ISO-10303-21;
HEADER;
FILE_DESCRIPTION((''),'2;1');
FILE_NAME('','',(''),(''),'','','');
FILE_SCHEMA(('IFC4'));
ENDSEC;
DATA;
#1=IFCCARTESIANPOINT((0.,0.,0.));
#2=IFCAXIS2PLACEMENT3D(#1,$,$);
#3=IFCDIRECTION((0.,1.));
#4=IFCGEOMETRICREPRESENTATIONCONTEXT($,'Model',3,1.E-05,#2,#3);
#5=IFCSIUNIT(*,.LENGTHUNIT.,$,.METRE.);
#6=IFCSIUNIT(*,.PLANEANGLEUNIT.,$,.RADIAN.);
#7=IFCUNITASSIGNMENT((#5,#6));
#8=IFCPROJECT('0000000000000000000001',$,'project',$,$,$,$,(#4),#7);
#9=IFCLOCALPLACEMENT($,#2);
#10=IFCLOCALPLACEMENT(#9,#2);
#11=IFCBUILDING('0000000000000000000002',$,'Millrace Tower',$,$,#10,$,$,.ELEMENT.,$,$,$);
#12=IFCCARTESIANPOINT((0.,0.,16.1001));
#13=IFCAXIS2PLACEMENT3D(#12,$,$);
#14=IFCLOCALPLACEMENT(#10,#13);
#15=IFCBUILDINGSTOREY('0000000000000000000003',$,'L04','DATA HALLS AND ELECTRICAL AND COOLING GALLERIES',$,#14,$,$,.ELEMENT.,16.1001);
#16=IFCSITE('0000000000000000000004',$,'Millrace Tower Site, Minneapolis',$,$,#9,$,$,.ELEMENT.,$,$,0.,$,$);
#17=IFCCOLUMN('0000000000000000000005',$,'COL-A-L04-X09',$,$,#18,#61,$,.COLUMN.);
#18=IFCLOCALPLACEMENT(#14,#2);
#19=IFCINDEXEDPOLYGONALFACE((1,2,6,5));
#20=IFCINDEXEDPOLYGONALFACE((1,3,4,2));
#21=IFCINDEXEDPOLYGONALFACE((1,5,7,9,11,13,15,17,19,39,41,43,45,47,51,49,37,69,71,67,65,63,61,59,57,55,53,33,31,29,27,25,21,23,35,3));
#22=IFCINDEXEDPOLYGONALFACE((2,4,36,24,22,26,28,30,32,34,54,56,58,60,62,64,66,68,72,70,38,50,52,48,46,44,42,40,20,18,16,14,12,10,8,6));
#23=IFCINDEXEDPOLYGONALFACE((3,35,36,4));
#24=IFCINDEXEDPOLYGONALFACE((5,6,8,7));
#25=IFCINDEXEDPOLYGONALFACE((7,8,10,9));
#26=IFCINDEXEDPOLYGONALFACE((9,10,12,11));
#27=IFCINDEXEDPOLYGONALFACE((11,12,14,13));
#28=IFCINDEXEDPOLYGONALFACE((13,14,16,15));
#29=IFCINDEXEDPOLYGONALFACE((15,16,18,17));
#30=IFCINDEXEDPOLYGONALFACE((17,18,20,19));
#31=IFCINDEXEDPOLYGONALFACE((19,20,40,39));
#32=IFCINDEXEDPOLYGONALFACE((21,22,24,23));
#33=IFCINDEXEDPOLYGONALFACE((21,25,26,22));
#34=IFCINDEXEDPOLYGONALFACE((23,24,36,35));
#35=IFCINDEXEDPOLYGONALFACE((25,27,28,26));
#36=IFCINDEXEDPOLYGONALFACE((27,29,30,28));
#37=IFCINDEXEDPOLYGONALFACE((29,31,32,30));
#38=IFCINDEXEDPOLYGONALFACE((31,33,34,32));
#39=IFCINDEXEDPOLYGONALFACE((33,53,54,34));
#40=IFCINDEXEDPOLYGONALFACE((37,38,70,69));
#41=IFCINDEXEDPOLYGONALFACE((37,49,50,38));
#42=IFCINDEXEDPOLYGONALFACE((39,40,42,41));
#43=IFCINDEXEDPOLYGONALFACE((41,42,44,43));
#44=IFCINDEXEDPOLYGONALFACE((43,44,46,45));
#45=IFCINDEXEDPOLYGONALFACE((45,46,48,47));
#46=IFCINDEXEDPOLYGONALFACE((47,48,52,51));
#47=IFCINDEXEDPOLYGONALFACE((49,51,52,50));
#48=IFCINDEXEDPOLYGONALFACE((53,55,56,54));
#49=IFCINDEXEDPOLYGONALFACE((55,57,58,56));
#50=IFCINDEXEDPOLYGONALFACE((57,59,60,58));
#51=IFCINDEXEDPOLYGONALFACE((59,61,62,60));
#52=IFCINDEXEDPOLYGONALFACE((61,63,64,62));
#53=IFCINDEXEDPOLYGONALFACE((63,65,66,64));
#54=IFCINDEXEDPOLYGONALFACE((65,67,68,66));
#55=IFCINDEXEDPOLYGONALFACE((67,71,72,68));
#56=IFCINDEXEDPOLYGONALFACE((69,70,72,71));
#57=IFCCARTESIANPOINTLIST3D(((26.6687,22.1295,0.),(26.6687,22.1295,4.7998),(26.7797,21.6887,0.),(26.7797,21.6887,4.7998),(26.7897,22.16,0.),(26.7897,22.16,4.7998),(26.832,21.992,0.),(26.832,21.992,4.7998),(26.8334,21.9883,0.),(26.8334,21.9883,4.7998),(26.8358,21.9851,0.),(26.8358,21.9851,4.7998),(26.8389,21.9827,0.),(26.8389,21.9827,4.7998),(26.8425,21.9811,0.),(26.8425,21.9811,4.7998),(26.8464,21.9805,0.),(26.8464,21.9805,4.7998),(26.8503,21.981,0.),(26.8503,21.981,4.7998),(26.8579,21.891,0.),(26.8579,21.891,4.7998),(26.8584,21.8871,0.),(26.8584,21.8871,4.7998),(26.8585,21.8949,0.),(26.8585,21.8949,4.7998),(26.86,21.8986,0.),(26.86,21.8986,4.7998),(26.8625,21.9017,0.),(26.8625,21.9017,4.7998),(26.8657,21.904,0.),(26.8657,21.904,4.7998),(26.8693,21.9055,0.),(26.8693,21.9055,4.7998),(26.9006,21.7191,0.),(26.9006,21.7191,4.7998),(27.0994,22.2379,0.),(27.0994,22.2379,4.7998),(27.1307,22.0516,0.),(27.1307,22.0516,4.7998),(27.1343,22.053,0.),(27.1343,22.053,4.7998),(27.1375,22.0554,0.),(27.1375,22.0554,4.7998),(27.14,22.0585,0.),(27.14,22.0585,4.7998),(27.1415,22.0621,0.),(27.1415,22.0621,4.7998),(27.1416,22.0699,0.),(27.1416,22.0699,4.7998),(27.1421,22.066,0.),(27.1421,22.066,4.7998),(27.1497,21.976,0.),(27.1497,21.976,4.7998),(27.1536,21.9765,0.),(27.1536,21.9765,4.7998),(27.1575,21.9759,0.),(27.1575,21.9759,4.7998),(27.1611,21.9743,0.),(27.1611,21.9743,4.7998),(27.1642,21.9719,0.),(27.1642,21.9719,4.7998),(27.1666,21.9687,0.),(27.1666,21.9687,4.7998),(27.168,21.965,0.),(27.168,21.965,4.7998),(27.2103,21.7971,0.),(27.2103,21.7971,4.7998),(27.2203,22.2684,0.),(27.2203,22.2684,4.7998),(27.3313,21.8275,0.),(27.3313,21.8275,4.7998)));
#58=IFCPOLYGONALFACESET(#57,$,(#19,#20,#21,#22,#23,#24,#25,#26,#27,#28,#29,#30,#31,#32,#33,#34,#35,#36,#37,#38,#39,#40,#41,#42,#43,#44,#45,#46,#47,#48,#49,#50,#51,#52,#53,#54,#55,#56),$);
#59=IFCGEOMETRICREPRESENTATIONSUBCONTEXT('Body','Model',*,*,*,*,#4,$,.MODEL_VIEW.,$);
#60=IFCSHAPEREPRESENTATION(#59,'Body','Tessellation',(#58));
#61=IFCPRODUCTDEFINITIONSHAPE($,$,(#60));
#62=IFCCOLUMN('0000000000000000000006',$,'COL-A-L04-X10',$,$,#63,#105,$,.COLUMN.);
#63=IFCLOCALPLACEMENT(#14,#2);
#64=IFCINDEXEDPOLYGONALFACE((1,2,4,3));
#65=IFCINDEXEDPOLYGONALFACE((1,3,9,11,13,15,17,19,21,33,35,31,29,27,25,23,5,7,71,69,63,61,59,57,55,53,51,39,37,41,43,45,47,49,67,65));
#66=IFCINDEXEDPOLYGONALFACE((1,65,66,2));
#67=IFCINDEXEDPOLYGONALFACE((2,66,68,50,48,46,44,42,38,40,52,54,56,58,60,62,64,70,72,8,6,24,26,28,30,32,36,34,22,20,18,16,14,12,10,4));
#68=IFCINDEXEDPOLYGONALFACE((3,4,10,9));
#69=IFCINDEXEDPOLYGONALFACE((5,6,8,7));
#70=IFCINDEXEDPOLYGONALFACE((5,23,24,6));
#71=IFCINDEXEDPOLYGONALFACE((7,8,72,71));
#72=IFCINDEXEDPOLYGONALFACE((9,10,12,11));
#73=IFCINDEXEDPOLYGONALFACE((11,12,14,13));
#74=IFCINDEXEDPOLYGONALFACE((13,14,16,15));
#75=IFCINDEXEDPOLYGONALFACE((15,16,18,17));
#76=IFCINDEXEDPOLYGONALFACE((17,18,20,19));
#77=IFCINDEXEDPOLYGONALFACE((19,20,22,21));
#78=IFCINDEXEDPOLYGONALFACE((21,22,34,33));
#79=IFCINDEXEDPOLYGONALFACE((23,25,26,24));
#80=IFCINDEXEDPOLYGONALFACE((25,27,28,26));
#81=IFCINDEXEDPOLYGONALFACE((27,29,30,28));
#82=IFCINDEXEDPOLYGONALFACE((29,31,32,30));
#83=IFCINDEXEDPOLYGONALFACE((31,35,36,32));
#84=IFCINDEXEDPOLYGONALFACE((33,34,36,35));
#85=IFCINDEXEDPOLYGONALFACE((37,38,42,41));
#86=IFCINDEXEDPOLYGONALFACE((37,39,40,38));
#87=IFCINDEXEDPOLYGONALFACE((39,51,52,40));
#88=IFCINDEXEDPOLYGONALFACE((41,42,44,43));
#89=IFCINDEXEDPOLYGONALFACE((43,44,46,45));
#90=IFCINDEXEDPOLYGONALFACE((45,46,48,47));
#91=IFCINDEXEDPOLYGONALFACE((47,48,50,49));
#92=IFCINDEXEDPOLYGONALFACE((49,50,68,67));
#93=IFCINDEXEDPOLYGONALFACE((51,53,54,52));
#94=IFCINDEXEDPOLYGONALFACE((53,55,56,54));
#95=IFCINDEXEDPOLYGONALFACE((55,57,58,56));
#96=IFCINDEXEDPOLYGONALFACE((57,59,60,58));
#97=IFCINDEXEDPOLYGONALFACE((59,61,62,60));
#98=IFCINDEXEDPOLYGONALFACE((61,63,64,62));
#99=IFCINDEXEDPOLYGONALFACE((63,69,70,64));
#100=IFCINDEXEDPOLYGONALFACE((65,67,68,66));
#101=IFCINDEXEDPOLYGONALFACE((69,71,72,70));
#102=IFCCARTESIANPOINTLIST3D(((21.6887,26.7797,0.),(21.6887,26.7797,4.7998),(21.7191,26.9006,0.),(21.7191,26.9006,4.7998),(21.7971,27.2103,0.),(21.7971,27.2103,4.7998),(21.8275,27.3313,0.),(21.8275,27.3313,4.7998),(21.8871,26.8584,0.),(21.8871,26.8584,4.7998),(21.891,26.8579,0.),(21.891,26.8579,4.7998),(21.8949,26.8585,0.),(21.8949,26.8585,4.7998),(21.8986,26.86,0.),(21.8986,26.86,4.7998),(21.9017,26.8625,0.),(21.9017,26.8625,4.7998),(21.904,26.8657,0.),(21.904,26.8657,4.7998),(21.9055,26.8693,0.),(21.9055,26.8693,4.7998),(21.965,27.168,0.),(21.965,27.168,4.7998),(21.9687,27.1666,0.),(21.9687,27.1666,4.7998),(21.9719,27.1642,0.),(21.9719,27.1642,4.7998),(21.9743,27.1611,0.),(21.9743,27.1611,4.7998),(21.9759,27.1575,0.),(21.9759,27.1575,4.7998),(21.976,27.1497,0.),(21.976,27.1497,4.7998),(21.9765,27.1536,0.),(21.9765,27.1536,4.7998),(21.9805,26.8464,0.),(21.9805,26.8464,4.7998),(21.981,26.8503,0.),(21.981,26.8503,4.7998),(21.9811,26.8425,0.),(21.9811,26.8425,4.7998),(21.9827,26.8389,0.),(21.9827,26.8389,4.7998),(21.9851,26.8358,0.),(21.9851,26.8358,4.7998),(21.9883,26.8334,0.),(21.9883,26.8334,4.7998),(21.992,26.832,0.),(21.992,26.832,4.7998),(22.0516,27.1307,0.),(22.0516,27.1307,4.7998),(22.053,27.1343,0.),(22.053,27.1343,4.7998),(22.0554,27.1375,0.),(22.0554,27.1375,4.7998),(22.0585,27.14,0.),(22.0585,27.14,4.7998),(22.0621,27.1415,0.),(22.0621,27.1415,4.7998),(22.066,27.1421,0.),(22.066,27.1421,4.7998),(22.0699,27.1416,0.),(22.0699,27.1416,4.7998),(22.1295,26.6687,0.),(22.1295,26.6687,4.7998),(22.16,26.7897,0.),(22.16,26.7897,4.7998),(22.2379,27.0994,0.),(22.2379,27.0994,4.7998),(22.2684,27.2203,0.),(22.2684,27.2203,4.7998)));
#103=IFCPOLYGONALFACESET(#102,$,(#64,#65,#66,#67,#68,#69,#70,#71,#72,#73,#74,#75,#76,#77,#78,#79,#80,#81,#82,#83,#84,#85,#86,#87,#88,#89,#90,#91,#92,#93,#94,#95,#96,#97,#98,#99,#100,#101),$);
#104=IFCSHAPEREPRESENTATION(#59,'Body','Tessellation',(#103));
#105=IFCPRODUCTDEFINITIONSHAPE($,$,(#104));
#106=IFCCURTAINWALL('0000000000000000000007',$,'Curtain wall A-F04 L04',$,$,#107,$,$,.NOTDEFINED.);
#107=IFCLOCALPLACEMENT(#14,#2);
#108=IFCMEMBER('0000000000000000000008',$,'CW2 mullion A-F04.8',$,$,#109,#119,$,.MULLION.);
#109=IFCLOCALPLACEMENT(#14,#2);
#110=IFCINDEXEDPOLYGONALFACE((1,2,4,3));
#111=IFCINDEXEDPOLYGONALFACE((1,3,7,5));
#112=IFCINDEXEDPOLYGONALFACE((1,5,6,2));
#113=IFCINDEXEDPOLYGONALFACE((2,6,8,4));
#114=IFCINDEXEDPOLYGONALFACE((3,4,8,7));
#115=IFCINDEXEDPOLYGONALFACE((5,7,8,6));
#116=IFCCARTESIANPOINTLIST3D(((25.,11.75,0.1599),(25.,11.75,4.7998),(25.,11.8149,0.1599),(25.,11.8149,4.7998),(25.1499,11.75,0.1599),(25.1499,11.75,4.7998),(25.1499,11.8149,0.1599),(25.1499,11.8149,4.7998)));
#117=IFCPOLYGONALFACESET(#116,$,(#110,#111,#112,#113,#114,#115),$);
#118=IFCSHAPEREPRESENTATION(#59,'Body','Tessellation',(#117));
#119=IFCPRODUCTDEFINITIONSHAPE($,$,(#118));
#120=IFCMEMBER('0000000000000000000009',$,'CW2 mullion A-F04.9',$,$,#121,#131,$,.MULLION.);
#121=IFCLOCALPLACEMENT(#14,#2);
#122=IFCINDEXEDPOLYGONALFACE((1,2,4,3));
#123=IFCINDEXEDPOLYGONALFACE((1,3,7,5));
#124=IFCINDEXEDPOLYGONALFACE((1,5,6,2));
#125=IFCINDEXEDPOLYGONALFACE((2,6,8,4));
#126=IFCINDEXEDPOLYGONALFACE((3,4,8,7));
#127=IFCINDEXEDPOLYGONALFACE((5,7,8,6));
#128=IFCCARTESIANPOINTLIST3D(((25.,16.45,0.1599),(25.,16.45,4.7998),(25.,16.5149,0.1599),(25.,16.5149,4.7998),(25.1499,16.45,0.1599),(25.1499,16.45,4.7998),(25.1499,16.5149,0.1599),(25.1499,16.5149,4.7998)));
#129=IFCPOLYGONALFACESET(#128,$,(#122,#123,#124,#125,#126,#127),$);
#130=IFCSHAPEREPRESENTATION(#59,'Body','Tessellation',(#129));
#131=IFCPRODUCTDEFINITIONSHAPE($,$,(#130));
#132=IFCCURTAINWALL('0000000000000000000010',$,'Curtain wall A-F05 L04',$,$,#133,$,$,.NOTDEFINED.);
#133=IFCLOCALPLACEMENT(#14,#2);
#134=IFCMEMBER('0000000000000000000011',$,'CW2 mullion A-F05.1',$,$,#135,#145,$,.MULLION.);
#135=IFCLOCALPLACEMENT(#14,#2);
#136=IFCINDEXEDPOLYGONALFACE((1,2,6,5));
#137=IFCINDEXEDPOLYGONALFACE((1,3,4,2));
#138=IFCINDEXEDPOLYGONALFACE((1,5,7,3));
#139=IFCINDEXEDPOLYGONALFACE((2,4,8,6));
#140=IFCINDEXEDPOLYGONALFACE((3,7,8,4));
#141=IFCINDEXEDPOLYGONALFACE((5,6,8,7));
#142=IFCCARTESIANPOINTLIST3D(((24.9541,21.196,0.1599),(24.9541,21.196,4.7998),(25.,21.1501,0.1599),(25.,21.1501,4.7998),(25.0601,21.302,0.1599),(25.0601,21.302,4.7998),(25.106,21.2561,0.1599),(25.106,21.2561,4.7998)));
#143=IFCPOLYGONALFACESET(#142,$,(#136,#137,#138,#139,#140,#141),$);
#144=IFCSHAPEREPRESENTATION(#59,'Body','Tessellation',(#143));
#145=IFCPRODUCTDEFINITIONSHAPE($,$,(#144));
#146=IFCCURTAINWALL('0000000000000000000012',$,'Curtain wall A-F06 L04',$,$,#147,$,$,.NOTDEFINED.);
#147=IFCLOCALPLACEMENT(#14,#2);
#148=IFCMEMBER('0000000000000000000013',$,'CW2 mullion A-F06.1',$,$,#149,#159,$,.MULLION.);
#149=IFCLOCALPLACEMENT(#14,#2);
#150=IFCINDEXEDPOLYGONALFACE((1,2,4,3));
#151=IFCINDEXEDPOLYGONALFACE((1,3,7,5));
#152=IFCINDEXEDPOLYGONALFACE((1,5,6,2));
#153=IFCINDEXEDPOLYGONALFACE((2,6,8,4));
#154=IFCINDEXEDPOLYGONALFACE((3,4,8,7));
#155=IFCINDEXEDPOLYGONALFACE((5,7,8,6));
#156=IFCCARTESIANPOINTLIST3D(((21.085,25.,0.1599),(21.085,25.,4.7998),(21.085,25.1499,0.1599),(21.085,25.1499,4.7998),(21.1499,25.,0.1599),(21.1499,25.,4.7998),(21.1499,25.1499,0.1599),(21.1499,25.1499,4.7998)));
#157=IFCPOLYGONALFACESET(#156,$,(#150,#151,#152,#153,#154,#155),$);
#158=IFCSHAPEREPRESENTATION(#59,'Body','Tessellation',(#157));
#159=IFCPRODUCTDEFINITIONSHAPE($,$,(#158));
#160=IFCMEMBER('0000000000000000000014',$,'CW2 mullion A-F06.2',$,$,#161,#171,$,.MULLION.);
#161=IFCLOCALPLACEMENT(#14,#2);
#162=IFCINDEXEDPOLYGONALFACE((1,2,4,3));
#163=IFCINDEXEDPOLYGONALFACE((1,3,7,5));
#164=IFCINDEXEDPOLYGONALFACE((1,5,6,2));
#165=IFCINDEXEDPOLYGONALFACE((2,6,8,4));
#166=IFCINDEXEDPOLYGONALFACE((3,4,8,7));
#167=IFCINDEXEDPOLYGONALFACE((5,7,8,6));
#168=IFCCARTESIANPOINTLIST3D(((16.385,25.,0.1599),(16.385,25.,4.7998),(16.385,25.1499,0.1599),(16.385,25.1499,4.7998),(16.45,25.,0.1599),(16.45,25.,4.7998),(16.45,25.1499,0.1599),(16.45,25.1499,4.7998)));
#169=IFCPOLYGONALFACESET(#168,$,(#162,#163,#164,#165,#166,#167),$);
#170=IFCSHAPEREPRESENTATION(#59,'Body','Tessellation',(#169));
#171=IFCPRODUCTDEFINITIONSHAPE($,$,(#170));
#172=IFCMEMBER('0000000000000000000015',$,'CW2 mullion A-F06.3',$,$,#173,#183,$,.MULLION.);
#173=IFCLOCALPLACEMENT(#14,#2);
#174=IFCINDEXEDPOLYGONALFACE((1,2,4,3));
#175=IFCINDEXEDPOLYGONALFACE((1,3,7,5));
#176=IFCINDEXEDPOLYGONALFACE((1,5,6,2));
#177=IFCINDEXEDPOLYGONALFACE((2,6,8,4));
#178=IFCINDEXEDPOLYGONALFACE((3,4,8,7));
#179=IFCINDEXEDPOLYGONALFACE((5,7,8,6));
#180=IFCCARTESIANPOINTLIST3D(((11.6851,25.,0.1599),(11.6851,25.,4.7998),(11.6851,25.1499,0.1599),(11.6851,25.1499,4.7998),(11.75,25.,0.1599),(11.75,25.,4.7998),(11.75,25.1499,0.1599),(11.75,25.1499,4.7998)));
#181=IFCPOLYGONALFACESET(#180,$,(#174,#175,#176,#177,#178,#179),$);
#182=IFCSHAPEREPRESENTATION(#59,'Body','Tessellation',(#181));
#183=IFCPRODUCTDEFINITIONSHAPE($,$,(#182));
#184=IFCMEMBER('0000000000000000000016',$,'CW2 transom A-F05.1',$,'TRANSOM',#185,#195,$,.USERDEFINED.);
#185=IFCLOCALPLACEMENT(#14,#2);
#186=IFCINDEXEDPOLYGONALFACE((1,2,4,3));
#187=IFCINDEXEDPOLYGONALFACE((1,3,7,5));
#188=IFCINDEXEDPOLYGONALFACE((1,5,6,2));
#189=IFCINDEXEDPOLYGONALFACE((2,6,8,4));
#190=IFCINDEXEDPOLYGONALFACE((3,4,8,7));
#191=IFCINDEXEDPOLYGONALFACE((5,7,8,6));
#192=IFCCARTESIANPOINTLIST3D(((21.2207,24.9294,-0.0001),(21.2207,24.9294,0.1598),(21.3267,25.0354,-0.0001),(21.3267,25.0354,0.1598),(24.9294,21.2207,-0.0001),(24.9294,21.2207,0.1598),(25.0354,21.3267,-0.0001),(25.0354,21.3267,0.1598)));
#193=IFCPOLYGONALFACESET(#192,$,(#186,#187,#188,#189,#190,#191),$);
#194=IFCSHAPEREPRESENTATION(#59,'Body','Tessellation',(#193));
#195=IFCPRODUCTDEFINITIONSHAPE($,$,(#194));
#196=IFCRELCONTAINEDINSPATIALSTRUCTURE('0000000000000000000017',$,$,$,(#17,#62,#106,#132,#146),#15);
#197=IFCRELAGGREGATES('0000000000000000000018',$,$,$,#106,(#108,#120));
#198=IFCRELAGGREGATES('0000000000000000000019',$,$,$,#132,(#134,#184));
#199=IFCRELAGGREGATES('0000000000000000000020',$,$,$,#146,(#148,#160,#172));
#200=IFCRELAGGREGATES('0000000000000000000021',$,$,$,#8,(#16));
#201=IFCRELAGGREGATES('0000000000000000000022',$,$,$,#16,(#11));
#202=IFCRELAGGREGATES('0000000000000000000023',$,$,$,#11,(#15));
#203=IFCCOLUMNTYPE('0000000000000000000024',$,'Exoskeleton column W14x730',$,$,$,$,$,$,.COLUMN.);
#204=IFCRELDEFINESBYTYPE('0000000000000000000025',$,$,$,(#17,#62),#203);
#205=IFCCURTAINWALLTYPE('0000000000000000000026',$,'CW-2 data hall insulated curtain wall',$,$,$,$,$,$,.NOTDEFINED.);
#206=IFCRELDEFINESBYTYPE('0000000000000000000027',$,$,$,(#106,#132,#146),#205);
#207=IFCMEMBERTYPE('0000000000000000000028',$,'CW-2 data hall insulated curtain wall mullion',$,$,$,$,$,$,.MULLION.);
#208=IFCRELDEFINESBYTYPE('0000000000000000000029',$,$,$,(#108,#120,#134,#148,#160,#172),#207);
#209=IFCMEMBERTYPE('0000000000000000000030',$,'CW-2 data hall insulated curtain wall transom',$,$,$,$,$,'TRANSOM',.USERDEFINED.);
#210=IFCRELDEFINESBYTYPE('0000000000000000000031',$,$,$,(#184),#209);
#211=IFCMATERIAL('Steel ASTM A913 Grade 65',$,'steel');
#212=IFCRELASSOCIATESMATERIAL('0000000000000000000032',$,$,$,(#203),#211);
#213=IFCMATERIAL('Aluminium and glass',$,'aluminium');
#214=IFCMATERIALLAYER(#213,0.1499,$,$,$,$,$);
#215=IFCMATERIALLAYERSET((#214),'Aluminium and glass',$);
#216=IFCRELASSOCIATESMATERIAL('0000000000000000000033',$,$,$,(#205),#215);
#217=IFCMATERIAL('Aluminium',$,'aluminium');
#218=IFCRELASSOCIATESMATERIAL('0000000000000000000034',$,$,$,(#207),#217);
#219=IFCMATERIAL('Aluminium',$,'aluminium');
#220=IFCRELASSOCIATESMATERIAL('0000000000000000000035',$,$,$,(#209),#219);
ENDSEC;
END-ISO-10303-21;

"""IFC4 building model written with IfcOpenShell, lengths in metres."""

from ifc_helpers import new_model, si_unit, direction, frame, origin, origin_2d, place, context, subcontext, project, spatial, rectangle, i_section, extrude, material, layer, layer_set, material_profile, profile_set, type_object, element, aggregate, save


model = new_model("IFC4")

# Units and contexts
model_context = context("Model", 3, precision=1e-05, world=origin(), true_north=direction((0.0, 1.0)))
body_context = subcontext(model_context, "Body", "Model", "MODEL_VIEW")
ifc_project = project(units=[si_unit("LENGTHUNIT", "METRE"), si_unit("PLANEANGLEUNIT", "RADIAN")], contexts=[model_context])

# Site, building, storey
site_placement = place(None, origin())
site = spatial("IfcSite", under=ifc_project, at=site_placement, Name="Millrace Tower Site, Minneapolis", CompositionType="ELEMENT", RefElevation=0.0)
building_placement = place(site_placement, origin())
building = spatial("IfcBuilding", under=site, at=building_placement, Name="Millrace Tower", CompositionType="ELEMENT")
storey_placement = place(building_placement, frame((0.0, 0.0, 16.1001)))
storey = spatial("IfcBuildingStorey", under=building, at=storey_placement, Name="L04", Description="DATA HALLS AND ELECTRICAL AND COOLING GALLERIES", CompositionType="ELEMENT", Elevation=16.1001)

# Columns
ifc_material_1 = material(Name="Steel ASTM A913 Grade 65", Category="steel")
ifc_material_profile_1 = material_profile(ifc_material_1, i_section(OverallWidth=0.4546, OverallDepth=0.5688, WebThickness=0.0779, FlangeThickness=0.1248, FilletRadius=0.0151, at=origin_2d()))
ifc_profile_set_1 = profile_set([ifc_material_profile_1], Name="Steel ASTM A913 Grade 65")
column_type = type_object("IfcColumnType", Name="Exoskeleton column W14x730", PredefinedType="COLUMN", material=ifc_profile_set_1)
for number, where, z_axis, x_axis, name in (
    (1, (27.0, 21.9785, 0.0), (0.0, 0.0, 1.0), (-0.244094, 0.969752, 0.0), "COL-A-L04-X09"),
    (2, (21.9785, 27.0, 0.0), (0.0, 0.0, 1.0), (-0.969752, 0.244094, 0.0), "COL-A-L04-X10"),
):
    element("IfcColumn", number, at=place(storey_placement, frame(where, z_axis=z_axis, x_axis=x_axis)), inside=storey, type_object=column_type, Name=name, PredefinedType="COLUMN", context=body_context, shape_type="SweptSolid", body=[
        extrude(i_section(OverallWidth=0.4546, OverallDepth=0.5688, WebThickness=0.0779, FlangeThickness=0.1248, FilletRadius=0.0151, at=origin_2d()), origin(), (0.0, 0.0, 1.0), 4.7998),
    ])

# Curtain wall, members
ifc_material_2 = material(Name="Aluminium and glass", Category="aluminium")
ifc_layer_1 = layer(ifc_material_2, 0.1499)
ifc_layer_set_1 = layer_set([ifc_layer_1], Name="Aluminium and glass")
curtain_wall_type = type_object("IfcCurtainWallType", Name="CW-2 data hall insulated curtain wall", PredefinedType="NOTDEFINED", material=ifc_layer_set_1)
placement = place(storey_placement, origin())
curtain_wall_1 = element("IfcCurtainWall", 3, at=placement, inside=storey, type_object=curtain_wall_type, Name="Curtain wall A-F04 L04", PredefinedType="NOTDEFINED")
ifc_material_3 = material(Name="Aluminium", Category="aluminium")
ifc_material_profile_2 = material_profile(ifc_material_3, rectangle(XDim=0.0649, YDim=0.1499, at=origin_2d()))
ifc_profile_set_2 = profile_set([ifc_material_profile_2], Name="Aluminium")
member_type_1 = type_object("IfcMemberType", Name="CW-2 data hall insulated curtain wall mullion", PredefinedType="MULLION", material=ifc_profile_set_2)
member_1_placement = place(storey_placement, frame((25.075, 11.7825, 0.1599), z_axis=(0.0, 0.0, 1.0), x_axis=(0.0, 1.0, 0.0)))
member_1 = element("IfcMember", 4, at=member_1_placement, type_object=member_type_1, Name="CW2 mullion A-F04.8", PredefinedType="MULLION", context=body_context, shape_type="SweptSolid", body=[
    extrude(rectangle(XDim=0.0649, YDim=0.1499, at=origin_2d()), origin(), (0.0, 0.0, 1.0), 4.6399),
])
member_2_placement = place(storey_placement, frame((25.075, 16.4824, 0.1599), z_axis=(0.0, 0.0, 1.0), x_axis=(0.0, 1.0, 0.0)))
member_2 = element("IfcMember", 5, at=member_2_placement, type_object=member_type_1, Name="CW2 mullion A-F04.9", PredefinedType="MULLION", context=body_context, shape_type="SweptSolid", body=[
    extrude(rectangle(XDim=0.0649, YDim=0.1499, at=origin_2d()), origin(), (0.0, 0.0, 1.0), 4.6399),
])
aggregate(curtain_wall_1, [member_1, member_2])

# Curtain wall, member
curtain_wall_2 = element("IfcCurtainWall", 6, at=placement, inside=storey, type_object=curtain_wall_type, Name="Curtain wall A-F05 L04", PredefinedType="NOTDEFINED")
member_3_placement = place(storey_placement, frame((25.03, 21.2261, 0.1599), z_axis=(0.0, 0.0, 1.0), x_axis=(-0.707107, 0.707107, 0.0)))
member_3 = element("IfcMember", 7, at=member_3_placement, type_object=member_type_1, Name="CW2 mullion A-F05.1", PredefinedType="MULLION", context=body_context, shape_type="SweptSolid", body=[
    extrude(rectangle(XDim=0.0649, YDim=0.1499, at=origin_2d()), origin(), (0.0, 0.0, 1.0), 4.6399),
])

# Curtain wall, members
curtain_wall_3 = element("IfcCurtainWall", 8, at=placement, inside=storey, type_object=curtain_wall_type, Name="Curtain wall A-F06 L04", PredefinedType="NOTDEFINED")
member_4_placement = place(storey_placement, frame((21.1174, 25.075, 0.1599), z_axis=(0.0, 0.0, 1.0), x_axis=(-1.0, 0.0, 0.0)))
member_4 = element("IfcMember", 9, at=member_4_placement, type_object=member_type_1, Name="CW2 mullion A-F06.1", PredefinedType="MULLION", context=body_context, shape_type="SweptSolid", body=[
    extrude(rectangle(XDim=0.0649, YDim=0.1499, at=origin_2d()), origin(), (0.0, 0.0, 1.0), 4.6399),
])
member_5_placement = place(storey_placement, frame((16.4175, 25.075, 0.1599), z_axis=(0.0, 0.0, 1.0), x_axis=(-1.0, 0.0, 0.0)))
member_5 = element("IfcMember", 10, at=member_5_placement, type_object=member_type_1, Name="CW2 mullion A-F06.2", PredefinedType="MULLION", context=body_context, shape_type="SweptSolid", body=[
    extrude(rectangle(XDim=0.0649, YDim=0.1499, at=origin_2d()), origin(), (0.0, 0.0, 1.0), 4.6399),
])
member_6_placement = place(storey_placement, frame((11.7175, 25.075, 0.1599), z_axis=(0.0, 0.0, 1.0), x_axis=(-1.0, 0.0, 0.0)))
member_6 = element("IfcMember", 11, at=member_6_placement, type_object=member_type_1, Name="CW2 mullion A-F06.3", PredefinedType="MULLION", context=body_context, shape_type="SweptSolid", body=[
    extrude(rectangle(XDim=0.0649, YDim=0.1499, at=origin_2d()), origin(), (0.0, 0.0, 1.0), 4.6399),
])

# Member
ifc_material_4 = material(Name="Aluminium", Category="aluminium")
ifc_material_profile_3 = material_profile(ifc_material_4, rectangle(XDim=0.1499, YDim=0.1599, at=origin_2d()))
ifc_profile_set_3 = profile_set([ifc_material_profile_3], Name="Aluminium")
member_type_2 = type_object("IfcMemberType", Name="CW-2 data hall insulated curtain wall transom", ElementType="TRANSOM", PredefinedType="USERDEFINED", material=ifc_profile_set_3)
member_7_placement = place(storey_placement, frame((24.9824, 21.2737, 0.0798), z_axis=(-0.707107, 0.707107, 0.0), x_axis=(-0.707107, -0.707107, 0.0)))
member_7 = element("IfcMember", 12, at=member_7_placement, type_object=member_type_2, Name="CW2 transom A-F05.1", ObjectType="TRANSOM", PredefinedType="USERDEFINED", context=body_context, shape_type="SweptSolid", body=[
    extrude(rectangle(XDim=0.1499, YDim=0.1599, at=origin_2d()), origin(), (0.0, 0.0, 1.0), 5.2449),
])
aggregate(curtain_wall_2, [member_3, member_7])
aggregate(curtain_wall_3, [member_4, member_5, member_6])

save(model, "model.ifc")
